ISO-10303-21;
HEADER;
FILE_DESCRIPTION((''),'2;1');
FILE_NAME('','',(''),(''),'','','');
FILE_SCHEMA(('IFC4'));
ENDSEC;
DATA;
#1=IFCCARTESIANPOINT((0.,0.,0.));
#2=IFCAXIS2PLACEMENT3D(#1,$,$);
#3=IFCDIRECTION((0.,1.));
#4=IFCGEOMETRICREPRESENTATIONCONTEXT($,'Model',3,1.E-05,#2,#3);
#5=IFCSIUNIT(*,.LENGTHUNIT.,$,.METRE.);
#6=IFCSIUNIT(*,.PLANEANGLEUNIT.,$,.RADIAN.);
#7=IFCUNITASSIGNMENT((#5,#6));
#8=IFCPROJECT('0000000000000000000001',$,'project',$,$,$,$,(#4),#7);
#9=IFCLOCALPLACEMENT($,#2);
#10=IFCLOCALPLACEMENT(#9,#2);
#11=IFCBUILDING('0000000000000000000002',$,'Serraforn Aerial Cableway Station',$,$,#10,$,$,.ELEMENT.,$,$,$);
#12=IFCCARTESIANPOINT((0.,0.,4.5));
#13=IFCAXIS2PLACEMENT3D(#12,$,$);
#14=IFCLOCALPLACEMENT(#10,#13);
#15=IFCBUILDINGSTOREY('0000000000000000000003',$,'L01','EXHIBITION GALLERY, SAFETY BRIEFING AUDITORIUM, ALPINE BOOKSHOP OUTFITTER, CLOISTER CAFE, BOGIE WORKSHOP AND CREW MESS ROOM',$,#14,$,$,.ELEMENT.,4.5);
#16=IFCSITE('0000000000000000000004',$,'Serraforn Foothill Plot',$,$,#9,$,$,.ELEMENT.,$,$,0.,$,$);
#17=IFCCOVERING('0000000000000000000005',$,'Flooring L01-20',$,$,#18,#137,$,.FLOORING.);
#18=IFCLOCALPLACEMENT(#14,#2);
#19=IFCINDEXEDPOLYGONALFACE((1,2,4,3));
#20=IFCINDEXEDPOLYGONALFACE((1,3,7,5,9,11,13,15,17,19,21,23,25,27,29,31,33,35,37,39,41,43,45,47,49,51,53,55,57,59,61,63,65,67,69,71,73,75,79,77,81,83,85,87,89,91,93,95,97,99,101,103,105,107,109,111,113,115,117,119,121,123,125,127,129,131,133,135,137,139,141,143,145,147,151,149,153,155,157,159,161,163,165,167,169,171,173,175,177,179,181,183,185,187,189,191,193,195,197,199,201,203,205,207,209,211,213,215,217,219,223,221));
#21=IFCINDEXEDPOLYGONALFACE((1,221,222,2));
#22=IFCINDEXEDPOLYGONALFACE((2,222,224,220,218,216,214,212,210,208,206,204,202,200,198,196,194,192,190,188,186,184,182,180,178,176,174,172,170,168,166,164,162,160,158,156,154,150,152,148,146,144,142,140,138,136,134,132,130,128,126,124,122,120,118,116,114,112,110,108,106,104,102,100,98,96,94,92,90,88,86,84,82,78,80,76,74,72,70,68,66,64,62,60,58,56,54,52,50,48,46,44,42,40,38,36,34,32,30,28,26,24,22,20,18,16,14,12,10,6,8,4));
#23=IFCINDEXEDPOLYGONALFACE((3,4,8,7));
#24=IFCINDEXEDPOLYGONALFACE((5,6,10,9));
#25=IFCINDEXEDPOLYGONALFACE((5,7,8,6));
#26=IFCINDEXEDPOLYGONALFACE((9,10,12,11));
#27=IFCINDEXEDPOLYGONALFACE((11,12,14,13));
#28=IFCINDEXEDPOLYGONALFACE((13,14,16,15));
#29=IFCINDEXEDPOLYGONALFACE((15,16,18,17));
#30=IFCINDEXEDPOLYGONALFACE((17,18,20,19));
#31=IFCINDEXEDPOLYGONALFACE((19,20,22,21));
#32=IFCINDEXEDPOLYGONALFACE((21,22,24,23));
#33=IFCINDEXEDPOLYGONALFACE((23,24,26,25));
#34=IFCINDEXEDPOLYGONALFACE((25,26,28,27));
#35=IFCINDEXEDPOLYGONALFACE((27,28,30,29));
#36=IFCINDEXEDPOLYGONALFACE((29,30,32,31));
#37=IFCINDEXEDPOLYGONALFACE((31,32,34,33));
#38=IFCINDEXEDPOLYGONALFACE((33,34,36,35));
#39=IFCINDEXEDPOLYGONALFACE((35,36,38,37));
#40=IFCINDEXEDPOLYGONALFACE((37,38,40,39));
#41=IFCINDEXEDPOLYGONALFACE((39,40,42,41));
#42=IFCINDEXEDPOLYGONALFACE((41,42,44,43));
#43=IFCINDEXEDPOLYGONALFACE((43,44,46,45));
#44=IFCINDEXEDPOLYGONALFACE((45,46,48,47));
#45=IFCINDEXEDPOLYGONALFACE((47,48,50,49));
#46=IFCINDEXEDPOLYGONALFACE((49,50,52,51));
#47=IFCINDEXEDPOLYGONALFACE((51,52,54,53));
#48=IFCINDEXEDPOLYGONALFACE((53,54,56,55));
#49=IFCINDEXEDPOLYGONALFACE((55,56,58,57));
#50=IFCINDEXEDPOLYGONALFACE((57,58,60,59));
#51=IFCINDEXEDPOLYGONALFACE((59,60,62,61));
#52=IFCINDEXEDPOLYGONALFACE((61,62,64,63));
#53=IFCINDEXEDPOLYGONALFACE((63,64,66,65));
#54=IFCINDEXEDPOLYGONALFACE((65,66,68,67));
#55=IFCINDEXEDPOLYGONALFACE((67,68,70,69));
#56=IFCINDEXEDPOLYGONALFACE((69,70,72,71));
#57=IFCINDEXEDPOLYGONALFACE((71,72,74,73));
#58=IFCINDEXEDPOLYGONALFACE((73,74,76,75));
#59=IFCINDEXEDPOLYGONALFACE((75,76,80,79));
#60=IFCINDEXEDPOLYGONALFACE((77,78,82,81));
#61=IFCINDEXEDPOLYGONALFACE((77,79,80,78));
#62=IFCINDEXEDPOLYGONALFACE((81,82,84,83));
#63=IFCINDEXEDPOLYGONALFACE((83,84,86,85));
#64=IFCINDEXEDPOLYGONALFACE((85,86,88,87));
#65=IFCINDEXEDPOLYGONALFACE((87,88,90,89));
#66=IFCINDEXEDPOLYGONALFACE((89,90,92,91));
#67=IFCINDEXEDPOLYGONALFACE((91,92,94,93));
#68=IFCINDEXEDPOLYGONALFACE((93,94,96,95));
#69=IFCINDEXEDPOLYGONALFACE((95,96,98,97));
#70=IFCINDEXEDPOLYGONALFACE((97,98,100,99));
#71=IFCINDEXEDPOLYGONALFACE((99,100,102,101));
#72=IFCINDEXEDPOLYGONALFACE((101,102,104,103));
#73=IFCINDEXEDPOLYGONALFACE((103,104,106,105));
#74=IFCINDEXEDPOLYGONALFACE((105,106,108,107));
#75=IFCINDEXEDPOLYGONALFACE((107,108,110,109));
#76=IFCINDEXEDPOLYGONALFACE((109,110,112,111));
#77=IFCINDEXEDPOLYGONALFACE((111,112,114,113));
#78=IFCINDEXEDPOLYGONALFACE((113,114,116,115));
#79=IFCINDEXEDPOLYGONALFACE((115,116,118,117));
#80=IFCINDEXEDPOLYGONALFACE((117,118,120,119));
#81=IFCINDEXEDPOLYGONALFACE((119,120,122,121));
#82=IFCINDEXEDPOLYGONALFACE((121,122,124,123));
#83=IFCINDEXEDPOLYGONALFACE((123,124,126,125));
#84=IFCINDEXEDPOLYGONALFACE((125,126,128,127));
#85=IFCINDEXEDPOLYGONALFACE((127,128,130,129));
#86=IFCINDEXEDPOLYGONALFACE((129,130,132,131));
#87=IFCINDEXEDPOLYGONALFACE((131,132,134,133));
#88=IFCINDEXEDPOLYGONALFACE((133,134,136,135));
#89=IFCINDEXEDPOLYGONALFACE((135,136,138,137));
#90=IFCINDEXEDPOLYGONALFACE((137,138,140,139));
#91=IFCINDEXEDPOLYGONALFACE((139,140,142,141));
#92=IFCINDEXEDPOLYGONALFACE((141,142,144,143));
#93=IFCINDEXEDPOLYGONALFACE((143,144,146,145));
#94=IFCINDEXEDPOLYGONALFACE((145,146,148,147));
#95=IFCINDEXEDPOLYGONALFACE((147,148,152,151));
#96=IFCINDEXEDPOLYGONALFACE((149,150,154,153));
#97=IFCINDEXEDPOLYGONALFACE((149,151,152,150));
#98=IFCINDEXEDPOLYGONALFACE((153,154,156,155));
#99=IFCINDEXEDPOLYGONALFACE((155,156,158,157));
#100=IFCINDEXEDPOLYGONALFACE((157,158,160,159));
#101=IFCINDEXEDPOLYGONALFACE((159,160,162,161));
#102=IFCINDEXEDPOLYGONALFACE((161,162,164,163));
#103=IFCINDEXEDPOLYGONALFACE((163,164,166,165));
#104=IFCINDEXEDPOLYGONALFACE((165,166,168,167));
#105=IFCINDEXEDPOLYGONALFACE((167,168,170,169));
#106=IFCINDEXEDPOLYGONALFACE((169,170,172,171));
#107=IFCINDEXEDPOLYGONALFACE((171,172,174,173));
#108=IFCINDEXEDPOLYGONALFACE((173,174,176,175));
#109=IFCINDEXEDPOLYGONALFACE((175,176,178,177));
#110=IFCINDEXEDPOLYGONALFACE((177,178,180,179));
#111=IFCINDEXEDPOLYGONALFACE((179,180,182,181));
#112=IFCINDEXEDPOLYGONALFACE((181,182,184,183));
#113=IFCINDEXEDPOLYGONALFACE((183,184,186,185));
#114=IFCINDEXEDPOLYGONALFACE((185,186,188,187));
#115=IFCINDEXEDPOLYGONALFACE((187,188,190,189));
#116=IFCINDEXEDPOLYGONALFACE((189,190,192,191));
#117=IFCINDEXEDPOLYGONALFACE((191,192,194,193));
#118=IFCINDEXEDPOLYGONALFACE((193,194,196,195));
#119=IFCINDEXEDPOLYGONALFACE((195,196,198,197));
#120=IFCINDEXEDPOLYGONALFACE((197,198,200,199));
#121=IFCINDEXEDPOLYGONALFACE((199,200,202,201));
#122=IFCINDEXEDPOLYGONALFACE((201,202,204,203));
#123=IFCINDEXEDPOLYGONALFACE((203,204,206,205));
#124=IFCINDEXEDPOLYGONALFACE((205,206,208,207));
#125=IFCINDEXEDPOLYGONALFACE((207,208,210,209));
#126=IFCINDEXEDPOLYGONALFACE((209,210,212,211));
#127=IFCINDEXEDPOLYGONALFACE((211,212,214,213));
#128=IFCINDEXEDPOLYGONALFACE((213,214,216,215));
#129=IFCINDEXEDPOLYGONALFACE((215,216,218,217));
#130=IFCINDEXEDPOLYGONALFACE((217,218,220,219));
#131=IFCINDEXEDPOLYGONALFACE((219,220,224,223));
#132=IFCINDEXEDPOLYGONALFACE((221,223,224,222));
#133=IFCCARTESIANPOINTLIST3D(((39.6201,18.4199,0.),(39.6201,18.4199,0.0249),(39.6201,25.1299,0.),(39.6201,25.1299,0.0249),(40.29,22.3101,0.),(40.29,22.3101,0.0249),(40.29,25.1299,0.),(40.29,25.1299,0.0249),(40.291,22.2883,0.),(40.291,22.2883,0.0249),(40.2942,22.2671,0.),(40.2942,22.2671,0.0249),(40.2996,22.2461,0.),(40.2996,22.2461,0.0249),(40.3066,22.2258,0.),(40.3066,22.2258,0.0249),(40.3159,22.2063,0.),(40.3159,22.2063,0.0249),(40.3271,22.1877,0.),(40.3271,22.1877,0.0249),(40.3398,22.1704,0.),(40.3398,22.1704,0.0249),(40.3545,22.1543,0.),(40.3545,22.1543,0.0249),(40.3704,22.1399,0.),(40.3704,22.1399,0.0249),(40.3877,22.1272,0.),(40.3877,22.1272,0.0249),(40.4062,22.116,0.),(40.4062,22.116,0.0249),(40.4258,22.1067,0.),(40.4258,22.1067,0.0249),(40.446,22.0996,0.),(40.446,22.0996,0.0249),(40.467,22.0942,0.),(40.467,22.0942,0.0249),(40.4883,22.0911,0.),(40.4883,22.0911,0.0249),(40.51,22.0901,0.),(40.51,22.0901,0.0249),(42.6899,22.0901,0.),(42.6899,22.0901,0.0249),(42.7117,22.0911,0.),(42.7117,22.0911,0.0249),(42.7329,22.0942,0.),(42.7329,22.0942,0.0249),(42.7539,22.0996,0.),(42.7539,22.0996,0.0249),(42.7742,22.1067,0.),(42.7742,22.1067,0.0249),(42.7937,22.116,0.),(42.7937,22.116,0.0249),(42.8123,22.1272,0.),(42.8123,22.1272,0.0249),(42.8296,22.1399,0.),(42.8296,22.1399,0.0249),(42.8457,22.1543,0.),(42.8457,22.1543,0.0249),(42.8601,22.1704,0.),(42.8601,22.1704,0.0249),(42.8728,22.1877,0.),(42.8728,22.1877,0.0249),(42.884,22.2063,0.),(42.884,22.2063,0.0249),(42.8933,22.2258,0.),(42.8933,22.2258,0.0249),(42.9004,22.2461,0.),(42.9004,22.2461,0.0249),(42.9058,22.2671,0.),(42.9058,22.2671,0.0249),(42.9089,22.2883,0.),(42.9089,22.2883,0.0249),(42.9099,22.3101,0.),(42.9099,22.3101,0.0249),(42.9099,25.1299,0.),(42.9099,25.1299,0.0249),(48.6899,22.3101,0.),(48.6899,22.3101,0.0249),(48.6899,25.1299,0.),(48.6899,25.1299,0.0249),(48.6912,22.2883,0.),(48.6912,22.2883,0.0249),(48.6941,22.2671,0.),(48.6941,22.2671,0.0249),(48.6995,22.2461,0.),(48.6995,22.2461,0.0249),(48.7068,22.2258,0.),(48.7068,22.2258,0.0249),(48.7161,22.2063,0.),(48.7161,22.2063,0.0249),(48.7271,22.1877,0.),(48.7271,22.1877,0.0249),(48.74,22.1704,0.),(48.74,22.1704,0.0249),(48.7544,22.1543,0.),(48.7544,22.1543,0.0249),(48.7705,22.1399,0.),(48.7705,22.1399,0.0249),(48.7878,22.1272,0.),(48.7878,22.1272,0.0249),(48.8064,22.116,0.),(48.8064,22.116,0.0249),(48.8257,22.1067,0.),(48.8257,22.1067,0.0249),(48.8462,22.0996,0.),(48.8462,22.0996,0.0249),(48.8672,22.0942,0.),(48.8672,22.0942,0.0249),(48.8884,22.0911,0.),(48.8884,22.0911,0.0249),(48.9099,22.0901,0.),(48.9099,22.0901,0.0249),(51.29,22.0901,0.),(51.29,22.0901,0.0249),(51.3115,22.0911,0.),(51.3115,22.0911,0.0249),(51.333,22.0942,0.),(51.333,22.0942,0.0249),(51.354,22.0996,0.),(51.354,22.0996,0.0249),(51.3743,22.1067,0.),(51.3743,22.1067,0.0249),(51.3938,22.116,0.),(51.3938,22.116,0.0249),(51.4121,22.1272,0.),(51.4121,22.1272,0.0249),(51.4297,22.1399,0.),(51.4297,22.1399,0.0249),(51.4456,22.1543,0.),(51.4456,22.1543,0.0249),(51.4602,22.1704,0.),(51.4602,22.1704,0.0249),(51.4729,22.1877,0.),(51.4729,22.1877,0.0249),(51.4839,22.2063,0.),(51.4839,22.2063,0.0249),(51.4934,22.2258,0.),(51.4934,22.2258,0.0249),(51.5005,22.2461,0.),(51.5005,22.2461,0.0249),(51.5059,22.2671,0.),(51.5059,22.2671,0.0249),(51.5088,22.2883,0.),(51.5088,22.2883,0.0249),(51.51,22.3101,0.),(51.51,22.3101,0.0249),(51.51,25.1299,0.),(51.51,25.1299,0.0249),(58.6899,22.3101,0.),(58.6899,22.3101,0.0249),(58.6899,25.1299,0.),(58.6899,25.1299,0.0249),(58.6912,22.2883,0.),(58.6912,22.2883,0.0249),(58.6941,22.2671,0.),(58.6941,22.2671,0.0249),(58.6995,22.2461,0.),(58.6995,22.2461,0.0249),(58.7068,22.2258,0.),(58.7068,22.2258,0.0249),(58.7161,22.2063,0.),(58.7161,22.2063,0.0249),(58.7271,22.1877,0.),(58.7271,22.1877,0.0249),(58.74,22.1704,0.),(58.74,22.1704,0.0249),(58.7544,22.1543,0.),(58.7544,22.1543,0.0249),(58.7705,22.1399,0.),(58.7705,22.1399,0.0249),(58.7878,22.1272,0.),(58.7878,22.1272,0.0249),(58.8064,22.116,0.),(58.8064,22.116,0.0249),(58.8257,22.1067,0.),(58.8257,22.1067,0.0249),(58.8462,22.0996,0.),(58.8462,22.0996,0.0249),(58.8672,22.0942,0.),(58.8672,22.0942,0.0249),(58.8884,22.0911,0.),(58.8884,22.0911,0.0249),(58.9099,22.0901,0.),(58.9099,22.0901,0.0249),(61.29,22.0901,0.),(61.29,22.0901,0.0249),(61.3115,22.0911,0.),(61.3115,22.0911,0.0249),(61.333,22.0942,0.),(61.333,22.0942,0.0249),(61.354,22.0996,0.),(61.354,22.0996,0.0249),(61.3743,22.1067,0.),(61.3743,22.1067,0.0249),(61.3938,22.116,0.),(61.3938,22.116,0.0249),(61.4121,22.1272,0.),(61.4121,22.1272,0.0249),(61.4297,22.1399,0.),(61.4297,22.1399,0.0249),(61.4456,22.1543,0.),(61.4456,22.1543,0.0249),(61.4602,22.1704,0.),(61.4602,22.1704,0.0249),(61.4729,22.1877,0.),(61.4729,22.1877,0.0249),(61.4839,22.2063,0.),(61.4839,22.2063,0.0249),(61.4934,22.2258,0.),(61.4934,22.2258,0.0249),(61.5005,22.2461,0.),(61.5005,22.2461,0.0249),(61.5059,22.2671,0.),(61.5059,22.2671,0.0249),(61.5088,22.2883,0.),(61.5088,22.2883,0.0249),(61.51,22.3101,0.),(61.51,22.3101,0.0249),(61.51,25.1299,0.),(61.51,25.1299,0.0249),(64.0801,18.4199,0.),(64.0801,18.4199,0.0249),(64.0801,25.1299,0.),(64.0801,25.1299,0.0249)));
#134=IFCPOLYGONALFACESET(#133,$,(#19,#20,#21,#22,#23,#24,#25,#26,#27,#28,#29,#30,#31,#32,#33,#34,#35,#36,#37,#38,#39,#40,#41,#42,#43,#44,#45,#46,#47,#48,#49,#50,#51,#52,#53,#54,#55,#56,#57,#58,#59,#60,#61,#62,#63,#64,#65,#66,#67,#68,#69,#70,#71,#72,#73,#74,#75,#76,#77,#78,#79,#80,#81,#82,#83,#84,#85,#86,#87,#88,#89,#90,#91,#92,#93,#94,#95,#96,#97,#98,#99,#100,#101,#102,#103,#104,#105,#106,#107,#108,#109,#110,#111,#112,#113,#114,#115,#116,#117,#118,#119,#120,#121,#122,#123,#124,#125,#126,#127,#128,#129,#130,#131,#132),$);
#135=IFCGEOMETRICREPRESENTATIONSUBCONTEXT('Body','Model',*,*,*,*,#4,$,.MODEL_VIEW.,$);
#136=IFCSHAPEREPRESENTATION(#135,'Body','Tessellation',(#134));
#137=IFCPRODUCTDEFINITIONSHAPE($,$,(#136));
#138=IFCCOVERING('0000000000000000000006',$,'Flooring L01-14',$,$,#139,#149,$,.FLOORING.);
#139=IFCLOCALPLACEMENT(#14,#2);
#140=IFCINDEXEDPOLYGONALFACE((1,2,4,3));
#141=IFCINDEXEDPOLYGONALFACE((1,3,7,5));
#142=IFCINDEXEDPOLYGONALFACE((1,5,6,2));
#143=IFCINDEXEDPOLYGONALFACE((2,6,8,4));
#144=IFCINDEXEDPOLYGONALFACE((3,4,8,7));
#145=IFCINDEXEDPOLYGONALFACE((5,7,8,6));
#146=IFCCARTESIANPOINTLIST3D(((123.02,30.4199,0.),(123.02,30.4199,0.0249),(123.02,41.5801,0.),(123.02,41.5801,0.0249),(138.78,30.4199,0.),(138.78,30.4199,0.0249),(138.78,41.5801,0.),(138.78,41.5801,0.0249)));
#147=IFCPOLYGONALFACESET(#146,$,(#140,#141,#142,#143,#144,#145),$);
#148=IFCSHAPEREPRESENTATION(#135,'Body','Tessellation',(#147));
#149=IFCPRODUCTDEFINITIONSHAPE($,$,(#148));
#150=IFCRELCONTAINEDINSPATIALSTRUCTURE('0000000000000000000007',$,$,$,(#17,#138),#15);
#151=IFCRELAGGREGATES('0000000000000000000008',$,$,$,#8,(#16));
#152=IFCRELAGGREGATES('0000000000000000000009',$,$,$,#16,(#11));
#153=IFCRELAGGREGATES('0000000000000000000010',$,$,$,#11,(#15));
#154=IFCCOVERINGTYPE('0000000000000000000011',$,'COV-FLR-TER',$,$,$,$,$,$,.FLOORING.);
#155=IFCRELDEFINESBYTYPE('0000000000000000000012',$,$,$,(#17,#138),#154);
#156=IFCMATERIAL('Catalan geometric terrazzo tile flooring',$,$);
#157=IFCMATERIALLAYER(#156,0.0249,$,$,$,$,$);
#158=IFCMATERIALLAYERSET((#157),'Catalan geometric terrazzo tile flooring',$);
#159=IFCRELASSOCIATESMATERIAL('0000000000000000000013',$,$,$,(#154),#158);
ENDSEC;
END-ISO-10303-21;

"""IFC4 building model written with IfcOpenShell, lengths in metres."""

from ifc_helpers import new_model, si_unit, direction, frame, origin, place, context, subcontext, project, spatial, polyline, outline, extrude, material, layer, layer_set, type_object, element, save


model = new_model("IFC4")

# Units and contexts
model_context = context("Model", 3, precision=1e-05, world=origin(), true_north=direction((0.0, 1.0)))
body_context = subcontext(model_context, "Body", "Model", "MODEL_VIEW")
ifc_project = project(units=[si_unit("LENGTHUNIT", "METRE"), si_unit("PLANEANGLEUNIT", "RADIAN")], contexts=[model_context])

# Site, building, storey
site_placement = place(None, origin())
site = spatial("IfcSite", under=ifc_project, at=site_placement, Name="Serraforn Foothill Plot", CompositionType="ELEMENT", RefElevation=0.0)
building_placement = place(site_placement, origin())
building = spatial("IfcBuilding", under=site, at=building_placement, Name="Serraforn Aerial Cableway Station", CompositionType="ELEMENT")
storey_placement = place(building_placement, frame((0.0, 0.0, 4.5)))
storey = spatial("IfcBuildingStorey", under=building, at=storey_placement, Name="L01", Description="EXHIBITION GALLERY, SAFETY BRIEFING AUDITORIUM, ALPINE BOOKSHOP OUTFITTER, CLOISTER CAFE, BOGIE WORKSHOP AND CREW MESS ROOM", CompositionType="ELEMENT", Elevation=4.5)

# Coverings
ifc_material_1 = material(Name="Catalan geometric terrazzo tile flooring")
ifc_layer_1 = layer(ifc_material_1, 0.0249)
ifc_layer_set_1 = layer_set([ifc_layer_1], Name="Catalan geometric terrazzo tile flooring")
covering_type_1 = type_object("IfcCoveringType", Name="COV-FLR-TER", PredefinedType="FLOORING", material=ifc_layer_set_1)
covering_1_placement = place(storey_placement, origin())
element("IfcCovering", 1, at=covering_1_placement, inside=storey, type_object=covering_type_1, Name="Flooring L01-20", PredefinedType="FLOORING", context=body_context, shape_type="SweptSolid", body=[
    extrude(outline(polyline([(39.6201, 18.4199), (39.6201, 25.1299), (40.29, 25.1299), (40.29, 22.3101), (40.291, 22.2883), (40.2942, 22.2671), (40.2996, 22.2461), (40.3066, 22.2258), (40.3159, 22.2063), (40.3271, 22.1877), (40.3398, 22.1704), (40.3545, 22.1543), (40.3704, 22.1399), (40.3877, 22.1272), (40.4062, 22.116), (40.4258, 22.1067), (40.446, 22.0996), (40.467, 22.0942), (40.4883, 22.0911), (40.51, 22.0901), (42.6899, 22.0901), (42.7117, 22.0911), (42.7329, 22.0942), (42.7539, 22.0996), (42.7742, 22.1067), (42.7937, 22.116), (42.8123, 22.1272), (42.8296, 22.1399), (42.8457, 22.1543), (42.8601, 22.1704), (42.8728, 22.1877), (42.884, 22.2063), (42.8933, 22.2258), (42.9004, 22.2461), (42.9058, 22.2671), (42.9089, 22.2883), (42.9099, 22.3101), (42.9099, 25.1299), (48.6899, 25.1299), (48.6899, 22.3101), (48.6912, 22.2883), (48.6941, 22.2671), (48.6995, 22.2461), (48.7068, 22.2258), (48.7161, 22.2063), (48.7271, 22.1877), (48.74, 22.1704), (48.7544, 22.1543), (48.7705, 22.1399), (48.7878, 22.1272), (48.8064, 22.116), (48.8257, 22.1067), (48.8462, 22.0996), (48.8672, 22.0942), (48.8884, 22.0911), (48.9099, 22.0901), (51.29, 22.0901), (51.3115, 22.0911), (51.333, 22.0942), (51.354, 22.0996), (51.3743, 22.1067), (51.3938, 22.116), (51.4121, 22.1272), (51.4297, 22.1399), (51.4456, 22.1543), (51.4602, 22.1704), (51.4729, 22.1877), (51.4839, 22.2063), (51.4934, 22.2258), (51.5005, 22.2461), (51.5059, 22.2671), (51.5088, 22.2883), (51.51, 22.3101), (51.51, 25.1299), (58.6899, 25.1299), (58.6899, 22.3101), (58.6912, 22.2883), (58.6941, 22.2671), (58.6995, 22.2461), (58.7068, 22.2258), (58.7161, 22.2063), (58.7271, 22.1877), (58.74, 22.1704), (58.7544, 22.1543), (58.7705, 22.1399), (58.7878, 22.1272), (58.8064, 22.116), (58.8257, 22.1067), (58.8462, 22.0996), (58.8672, 22.0942), (58.8884, 22.0911), (58.9099, 22.0901), (61.29, 22.0901), (61.3115, 22.0911), (61.333, 22.0942), (61.354, 22.0996), (61.3743, 22.1067), (61.3938, 22.116), (61.4121, 22.1272), (61.4297, 22.1399), (61.4456, 22.1543), (61.4602, 22.1704), (61.4729, 22.1877), (61.4839, 22.2063), (61.4934, 22.2258), (61.5005, 22.2461), (61.5059, 22.2671), (61.5088, 22.2883), (61.51, 22.3101), (61.51, 25.1299), (64.0801, 25.1299), (64.0801, 18.4199), (39.6201, 18.4199)])), origin(), (0.0, 0.0, 1.0), 0.0249),
])
covering_2_placement = place(storey_placement, origin())
element("IfcCovering", 2, at=covering_2_placement, inside=storey, type_object=covering_type_1, Name="Flooring L01-14", PredefinedType="FLOORING", context=body_context, shape_type="SweptSolid", body=[
    extrude(outline(polyline([(123.02, 30.4199), (123.02, 41.5801), (138.78, 41.5801), (138.78, 30.4199), (123.02, 30.4199)])), origin(), (0.0, 0.0, 1.0), 0.0249),
])

save(model, "model.ifc")
